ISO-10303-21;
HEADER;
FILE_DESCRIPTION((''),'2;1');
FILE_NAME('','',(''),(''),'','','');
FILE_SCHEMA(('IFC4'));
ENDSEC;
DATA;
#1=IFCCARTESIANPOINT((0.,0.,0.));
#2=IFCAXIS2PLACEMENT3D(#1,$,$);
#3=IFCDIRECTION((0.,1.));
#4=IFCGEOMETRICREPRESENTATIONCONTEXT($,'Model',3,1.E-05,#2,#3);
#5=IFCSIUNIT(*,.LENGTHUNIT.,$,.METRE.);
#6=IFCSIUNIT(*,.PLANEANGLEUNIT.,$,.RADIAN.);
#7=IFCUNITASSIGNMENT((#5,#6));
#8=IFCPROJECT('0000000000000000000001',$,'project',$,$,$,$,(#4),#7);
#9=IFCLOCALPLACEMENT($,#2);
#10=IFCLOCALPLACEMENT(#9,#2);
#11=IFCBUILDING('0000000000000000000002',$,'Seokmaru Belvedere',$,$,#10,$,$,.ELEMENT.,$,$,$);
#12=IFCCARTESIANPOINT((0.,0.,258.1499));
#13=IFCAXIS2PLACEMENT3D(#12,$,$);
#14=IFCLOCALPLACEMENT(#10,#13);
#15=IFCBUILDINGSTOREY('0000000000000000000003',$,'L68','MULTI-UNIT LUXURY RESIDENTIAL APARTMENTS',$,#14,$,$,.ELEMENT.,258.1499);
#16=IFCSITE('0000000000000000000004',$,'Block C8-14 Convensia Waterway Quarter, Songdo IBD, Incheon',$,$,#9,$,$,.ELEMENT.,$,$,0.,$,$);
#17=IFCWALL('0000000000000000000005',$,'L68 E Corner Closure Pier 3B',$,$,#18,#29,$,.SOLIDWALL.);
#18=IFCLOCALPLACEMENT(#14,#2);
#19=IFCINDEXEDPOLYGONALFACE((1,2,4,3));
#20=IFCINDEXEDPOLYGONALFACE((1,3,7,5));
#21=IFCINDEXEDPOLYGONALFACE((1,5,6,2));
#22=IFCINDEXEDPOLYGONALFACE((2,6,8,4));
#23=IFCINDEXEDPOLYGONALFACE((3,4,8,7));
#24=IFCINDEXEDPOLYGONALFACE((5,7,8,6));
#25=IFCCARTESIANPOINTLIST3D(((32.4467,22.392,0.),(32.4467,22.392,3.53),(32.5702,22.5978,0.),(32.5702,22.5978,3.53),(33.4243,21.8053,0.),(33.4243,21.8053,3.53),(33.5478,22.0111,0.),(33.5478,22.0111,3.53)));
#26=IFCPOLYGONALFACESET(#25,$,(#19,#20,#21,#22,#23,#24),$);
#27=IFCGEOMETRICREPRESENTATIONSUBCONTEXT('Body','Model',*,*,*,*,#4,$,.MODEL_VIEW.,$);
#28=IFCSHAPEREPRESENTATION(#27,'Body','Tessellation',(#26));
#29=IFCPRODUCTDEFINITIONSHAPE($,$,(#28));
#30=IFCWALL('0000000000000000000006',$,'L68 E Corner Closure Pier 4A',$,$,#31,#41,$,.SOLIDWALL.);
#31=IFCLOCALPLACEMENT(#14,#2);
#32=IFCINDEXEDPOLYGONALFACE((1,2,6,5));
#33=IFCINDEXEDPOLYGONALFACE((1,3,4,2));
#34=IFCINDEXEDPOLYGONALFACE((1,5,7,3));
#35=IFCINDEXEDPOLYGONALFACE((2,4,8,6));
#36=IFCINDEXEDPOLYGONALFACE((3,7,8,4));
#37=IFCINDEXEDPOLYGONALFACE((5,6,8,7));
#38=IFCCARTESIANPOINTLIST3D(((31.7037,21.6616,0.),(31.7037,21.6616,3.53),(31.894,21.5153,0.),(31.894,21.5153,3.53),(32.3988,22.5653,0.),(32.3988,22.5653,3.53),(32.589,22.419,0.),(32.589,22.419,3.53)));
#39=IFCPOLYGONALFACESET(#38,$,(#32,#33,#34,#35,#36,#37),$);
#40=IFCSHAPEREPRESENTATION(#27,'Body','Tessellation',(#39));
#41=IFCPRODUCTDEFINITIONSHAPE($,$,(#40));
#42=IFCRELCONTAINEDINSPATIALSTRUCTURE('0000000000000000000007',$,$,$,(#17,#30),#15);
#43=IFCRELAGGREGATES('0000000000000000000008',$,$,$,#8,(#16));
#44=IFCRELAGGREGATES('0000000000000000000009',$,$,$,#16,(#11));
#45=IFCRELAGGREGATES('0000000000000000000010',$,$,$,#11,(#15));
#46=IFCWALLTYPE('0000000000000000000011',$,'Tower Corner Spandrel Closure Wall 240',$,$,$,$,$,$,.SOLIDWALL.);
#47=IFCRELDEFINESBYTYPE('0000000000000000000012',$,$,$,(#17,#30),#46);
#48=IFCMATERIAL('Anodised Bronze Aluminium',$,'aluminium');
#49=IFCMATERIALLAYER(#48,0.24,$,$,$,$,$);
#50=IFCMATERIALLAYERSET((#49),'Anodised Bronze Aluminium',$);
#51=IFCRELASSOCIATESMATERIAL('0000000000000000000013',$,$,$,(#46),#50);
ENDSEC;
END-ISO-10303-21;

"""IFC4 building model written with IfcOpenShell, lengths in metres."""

from ifc_helpers import new_model, si_unit, direction, frame, frame_2d, origin, place, context, subcontext, project, spatial, rectangle, extrude, material, layer, layer_set, type_object, element, save


model = new_model("IFC4")

# Units and contexts
model_context = context("Model", 3, precision=1e-05, world=origin(), true_north=direction((0.0, 1.0)))
body_context = subcontext(model_context, "Body", "Model", "MODEL_VIEW")
ifc_project = project(units=[si_unit("LENGTHUNIT", "METRE"), si_unit("PLANEANGLEUNIT", "RADIAN")], contexts=[model_context])

# Site, building, storey
site_placement = place(None, origin())
site = spatial("IfcSite", under=ifc_project, at=site_placement, Name="Block C8-14 Convensia Waterway Quarter, Songdo IBD, Incheon", CompositionType="ELEMENT", RefElevation=0.0)
building_placement = place(site_placement, origin())
building = spatial("IfcBuilding", under=site, at=building_placement, Name="Seokmaru Belvedere", CompositionType="ELEMENT")
storey_placement = place(building_placement, frame((0.0, 0.0, 258.1499)))
storey = spatial("IfcBuildingStorey", under=building, at=storey_placement, Name="L68", Description="MULTI-UNIT LUXURY RESIDENTIAL APARTMENTS", CompositionType="ELEMENT", Elevation=258.1499)

# Shared definitions
ifc_material_1 = material(Name="Anodised Bronze Aluminium", Category="aluminium")

# Walls
ifc_layer_1 = layer(ifc_material_1, 0.24)
ifc_layer_set_1 = layer_set([ifc_layer_1], Name="Anodised Bronze Aluminium")
wall_type_1 = type_object("IfcWallType", Name="Tower Corner Spandrel Closure Wall 240", PredefinedType="SOLIDWALL", material=ifc_layer_set_1)
for number, where, z_axis, x_axis, name in (
    (1, (33.4861, 21.9082, 0.0), (0.0, 0.0, 1.0), (-0.857436, 0.51459, 0.0), "L68 E Corner Closure Pier 3B"),
    (2, (32.4939, 22.4922, 0.0), (0.0, 0.0, 1.0), (-0.609618, -0.792696, 0.0), "L68 E Corner Closure Pier 4A"),
):
    element("IfcWall", number, at=place(storey_placement, frame(where, z_axis=z_axis, x_axis=x_axis)), inside=storey, type_object=wall_type_1, Name=name, PredefinedType="SOLIDWALL", context=body_context, shape_type="SweptSolid", body=[
        extrude(rectangle(XDim=1.1401, YDim=0.24, at=frame_2d((0.5701, 0.0))), origin(), (0.0, 0.0, 1.0), 3.53),
    ])

save(model, "model.ifc")
